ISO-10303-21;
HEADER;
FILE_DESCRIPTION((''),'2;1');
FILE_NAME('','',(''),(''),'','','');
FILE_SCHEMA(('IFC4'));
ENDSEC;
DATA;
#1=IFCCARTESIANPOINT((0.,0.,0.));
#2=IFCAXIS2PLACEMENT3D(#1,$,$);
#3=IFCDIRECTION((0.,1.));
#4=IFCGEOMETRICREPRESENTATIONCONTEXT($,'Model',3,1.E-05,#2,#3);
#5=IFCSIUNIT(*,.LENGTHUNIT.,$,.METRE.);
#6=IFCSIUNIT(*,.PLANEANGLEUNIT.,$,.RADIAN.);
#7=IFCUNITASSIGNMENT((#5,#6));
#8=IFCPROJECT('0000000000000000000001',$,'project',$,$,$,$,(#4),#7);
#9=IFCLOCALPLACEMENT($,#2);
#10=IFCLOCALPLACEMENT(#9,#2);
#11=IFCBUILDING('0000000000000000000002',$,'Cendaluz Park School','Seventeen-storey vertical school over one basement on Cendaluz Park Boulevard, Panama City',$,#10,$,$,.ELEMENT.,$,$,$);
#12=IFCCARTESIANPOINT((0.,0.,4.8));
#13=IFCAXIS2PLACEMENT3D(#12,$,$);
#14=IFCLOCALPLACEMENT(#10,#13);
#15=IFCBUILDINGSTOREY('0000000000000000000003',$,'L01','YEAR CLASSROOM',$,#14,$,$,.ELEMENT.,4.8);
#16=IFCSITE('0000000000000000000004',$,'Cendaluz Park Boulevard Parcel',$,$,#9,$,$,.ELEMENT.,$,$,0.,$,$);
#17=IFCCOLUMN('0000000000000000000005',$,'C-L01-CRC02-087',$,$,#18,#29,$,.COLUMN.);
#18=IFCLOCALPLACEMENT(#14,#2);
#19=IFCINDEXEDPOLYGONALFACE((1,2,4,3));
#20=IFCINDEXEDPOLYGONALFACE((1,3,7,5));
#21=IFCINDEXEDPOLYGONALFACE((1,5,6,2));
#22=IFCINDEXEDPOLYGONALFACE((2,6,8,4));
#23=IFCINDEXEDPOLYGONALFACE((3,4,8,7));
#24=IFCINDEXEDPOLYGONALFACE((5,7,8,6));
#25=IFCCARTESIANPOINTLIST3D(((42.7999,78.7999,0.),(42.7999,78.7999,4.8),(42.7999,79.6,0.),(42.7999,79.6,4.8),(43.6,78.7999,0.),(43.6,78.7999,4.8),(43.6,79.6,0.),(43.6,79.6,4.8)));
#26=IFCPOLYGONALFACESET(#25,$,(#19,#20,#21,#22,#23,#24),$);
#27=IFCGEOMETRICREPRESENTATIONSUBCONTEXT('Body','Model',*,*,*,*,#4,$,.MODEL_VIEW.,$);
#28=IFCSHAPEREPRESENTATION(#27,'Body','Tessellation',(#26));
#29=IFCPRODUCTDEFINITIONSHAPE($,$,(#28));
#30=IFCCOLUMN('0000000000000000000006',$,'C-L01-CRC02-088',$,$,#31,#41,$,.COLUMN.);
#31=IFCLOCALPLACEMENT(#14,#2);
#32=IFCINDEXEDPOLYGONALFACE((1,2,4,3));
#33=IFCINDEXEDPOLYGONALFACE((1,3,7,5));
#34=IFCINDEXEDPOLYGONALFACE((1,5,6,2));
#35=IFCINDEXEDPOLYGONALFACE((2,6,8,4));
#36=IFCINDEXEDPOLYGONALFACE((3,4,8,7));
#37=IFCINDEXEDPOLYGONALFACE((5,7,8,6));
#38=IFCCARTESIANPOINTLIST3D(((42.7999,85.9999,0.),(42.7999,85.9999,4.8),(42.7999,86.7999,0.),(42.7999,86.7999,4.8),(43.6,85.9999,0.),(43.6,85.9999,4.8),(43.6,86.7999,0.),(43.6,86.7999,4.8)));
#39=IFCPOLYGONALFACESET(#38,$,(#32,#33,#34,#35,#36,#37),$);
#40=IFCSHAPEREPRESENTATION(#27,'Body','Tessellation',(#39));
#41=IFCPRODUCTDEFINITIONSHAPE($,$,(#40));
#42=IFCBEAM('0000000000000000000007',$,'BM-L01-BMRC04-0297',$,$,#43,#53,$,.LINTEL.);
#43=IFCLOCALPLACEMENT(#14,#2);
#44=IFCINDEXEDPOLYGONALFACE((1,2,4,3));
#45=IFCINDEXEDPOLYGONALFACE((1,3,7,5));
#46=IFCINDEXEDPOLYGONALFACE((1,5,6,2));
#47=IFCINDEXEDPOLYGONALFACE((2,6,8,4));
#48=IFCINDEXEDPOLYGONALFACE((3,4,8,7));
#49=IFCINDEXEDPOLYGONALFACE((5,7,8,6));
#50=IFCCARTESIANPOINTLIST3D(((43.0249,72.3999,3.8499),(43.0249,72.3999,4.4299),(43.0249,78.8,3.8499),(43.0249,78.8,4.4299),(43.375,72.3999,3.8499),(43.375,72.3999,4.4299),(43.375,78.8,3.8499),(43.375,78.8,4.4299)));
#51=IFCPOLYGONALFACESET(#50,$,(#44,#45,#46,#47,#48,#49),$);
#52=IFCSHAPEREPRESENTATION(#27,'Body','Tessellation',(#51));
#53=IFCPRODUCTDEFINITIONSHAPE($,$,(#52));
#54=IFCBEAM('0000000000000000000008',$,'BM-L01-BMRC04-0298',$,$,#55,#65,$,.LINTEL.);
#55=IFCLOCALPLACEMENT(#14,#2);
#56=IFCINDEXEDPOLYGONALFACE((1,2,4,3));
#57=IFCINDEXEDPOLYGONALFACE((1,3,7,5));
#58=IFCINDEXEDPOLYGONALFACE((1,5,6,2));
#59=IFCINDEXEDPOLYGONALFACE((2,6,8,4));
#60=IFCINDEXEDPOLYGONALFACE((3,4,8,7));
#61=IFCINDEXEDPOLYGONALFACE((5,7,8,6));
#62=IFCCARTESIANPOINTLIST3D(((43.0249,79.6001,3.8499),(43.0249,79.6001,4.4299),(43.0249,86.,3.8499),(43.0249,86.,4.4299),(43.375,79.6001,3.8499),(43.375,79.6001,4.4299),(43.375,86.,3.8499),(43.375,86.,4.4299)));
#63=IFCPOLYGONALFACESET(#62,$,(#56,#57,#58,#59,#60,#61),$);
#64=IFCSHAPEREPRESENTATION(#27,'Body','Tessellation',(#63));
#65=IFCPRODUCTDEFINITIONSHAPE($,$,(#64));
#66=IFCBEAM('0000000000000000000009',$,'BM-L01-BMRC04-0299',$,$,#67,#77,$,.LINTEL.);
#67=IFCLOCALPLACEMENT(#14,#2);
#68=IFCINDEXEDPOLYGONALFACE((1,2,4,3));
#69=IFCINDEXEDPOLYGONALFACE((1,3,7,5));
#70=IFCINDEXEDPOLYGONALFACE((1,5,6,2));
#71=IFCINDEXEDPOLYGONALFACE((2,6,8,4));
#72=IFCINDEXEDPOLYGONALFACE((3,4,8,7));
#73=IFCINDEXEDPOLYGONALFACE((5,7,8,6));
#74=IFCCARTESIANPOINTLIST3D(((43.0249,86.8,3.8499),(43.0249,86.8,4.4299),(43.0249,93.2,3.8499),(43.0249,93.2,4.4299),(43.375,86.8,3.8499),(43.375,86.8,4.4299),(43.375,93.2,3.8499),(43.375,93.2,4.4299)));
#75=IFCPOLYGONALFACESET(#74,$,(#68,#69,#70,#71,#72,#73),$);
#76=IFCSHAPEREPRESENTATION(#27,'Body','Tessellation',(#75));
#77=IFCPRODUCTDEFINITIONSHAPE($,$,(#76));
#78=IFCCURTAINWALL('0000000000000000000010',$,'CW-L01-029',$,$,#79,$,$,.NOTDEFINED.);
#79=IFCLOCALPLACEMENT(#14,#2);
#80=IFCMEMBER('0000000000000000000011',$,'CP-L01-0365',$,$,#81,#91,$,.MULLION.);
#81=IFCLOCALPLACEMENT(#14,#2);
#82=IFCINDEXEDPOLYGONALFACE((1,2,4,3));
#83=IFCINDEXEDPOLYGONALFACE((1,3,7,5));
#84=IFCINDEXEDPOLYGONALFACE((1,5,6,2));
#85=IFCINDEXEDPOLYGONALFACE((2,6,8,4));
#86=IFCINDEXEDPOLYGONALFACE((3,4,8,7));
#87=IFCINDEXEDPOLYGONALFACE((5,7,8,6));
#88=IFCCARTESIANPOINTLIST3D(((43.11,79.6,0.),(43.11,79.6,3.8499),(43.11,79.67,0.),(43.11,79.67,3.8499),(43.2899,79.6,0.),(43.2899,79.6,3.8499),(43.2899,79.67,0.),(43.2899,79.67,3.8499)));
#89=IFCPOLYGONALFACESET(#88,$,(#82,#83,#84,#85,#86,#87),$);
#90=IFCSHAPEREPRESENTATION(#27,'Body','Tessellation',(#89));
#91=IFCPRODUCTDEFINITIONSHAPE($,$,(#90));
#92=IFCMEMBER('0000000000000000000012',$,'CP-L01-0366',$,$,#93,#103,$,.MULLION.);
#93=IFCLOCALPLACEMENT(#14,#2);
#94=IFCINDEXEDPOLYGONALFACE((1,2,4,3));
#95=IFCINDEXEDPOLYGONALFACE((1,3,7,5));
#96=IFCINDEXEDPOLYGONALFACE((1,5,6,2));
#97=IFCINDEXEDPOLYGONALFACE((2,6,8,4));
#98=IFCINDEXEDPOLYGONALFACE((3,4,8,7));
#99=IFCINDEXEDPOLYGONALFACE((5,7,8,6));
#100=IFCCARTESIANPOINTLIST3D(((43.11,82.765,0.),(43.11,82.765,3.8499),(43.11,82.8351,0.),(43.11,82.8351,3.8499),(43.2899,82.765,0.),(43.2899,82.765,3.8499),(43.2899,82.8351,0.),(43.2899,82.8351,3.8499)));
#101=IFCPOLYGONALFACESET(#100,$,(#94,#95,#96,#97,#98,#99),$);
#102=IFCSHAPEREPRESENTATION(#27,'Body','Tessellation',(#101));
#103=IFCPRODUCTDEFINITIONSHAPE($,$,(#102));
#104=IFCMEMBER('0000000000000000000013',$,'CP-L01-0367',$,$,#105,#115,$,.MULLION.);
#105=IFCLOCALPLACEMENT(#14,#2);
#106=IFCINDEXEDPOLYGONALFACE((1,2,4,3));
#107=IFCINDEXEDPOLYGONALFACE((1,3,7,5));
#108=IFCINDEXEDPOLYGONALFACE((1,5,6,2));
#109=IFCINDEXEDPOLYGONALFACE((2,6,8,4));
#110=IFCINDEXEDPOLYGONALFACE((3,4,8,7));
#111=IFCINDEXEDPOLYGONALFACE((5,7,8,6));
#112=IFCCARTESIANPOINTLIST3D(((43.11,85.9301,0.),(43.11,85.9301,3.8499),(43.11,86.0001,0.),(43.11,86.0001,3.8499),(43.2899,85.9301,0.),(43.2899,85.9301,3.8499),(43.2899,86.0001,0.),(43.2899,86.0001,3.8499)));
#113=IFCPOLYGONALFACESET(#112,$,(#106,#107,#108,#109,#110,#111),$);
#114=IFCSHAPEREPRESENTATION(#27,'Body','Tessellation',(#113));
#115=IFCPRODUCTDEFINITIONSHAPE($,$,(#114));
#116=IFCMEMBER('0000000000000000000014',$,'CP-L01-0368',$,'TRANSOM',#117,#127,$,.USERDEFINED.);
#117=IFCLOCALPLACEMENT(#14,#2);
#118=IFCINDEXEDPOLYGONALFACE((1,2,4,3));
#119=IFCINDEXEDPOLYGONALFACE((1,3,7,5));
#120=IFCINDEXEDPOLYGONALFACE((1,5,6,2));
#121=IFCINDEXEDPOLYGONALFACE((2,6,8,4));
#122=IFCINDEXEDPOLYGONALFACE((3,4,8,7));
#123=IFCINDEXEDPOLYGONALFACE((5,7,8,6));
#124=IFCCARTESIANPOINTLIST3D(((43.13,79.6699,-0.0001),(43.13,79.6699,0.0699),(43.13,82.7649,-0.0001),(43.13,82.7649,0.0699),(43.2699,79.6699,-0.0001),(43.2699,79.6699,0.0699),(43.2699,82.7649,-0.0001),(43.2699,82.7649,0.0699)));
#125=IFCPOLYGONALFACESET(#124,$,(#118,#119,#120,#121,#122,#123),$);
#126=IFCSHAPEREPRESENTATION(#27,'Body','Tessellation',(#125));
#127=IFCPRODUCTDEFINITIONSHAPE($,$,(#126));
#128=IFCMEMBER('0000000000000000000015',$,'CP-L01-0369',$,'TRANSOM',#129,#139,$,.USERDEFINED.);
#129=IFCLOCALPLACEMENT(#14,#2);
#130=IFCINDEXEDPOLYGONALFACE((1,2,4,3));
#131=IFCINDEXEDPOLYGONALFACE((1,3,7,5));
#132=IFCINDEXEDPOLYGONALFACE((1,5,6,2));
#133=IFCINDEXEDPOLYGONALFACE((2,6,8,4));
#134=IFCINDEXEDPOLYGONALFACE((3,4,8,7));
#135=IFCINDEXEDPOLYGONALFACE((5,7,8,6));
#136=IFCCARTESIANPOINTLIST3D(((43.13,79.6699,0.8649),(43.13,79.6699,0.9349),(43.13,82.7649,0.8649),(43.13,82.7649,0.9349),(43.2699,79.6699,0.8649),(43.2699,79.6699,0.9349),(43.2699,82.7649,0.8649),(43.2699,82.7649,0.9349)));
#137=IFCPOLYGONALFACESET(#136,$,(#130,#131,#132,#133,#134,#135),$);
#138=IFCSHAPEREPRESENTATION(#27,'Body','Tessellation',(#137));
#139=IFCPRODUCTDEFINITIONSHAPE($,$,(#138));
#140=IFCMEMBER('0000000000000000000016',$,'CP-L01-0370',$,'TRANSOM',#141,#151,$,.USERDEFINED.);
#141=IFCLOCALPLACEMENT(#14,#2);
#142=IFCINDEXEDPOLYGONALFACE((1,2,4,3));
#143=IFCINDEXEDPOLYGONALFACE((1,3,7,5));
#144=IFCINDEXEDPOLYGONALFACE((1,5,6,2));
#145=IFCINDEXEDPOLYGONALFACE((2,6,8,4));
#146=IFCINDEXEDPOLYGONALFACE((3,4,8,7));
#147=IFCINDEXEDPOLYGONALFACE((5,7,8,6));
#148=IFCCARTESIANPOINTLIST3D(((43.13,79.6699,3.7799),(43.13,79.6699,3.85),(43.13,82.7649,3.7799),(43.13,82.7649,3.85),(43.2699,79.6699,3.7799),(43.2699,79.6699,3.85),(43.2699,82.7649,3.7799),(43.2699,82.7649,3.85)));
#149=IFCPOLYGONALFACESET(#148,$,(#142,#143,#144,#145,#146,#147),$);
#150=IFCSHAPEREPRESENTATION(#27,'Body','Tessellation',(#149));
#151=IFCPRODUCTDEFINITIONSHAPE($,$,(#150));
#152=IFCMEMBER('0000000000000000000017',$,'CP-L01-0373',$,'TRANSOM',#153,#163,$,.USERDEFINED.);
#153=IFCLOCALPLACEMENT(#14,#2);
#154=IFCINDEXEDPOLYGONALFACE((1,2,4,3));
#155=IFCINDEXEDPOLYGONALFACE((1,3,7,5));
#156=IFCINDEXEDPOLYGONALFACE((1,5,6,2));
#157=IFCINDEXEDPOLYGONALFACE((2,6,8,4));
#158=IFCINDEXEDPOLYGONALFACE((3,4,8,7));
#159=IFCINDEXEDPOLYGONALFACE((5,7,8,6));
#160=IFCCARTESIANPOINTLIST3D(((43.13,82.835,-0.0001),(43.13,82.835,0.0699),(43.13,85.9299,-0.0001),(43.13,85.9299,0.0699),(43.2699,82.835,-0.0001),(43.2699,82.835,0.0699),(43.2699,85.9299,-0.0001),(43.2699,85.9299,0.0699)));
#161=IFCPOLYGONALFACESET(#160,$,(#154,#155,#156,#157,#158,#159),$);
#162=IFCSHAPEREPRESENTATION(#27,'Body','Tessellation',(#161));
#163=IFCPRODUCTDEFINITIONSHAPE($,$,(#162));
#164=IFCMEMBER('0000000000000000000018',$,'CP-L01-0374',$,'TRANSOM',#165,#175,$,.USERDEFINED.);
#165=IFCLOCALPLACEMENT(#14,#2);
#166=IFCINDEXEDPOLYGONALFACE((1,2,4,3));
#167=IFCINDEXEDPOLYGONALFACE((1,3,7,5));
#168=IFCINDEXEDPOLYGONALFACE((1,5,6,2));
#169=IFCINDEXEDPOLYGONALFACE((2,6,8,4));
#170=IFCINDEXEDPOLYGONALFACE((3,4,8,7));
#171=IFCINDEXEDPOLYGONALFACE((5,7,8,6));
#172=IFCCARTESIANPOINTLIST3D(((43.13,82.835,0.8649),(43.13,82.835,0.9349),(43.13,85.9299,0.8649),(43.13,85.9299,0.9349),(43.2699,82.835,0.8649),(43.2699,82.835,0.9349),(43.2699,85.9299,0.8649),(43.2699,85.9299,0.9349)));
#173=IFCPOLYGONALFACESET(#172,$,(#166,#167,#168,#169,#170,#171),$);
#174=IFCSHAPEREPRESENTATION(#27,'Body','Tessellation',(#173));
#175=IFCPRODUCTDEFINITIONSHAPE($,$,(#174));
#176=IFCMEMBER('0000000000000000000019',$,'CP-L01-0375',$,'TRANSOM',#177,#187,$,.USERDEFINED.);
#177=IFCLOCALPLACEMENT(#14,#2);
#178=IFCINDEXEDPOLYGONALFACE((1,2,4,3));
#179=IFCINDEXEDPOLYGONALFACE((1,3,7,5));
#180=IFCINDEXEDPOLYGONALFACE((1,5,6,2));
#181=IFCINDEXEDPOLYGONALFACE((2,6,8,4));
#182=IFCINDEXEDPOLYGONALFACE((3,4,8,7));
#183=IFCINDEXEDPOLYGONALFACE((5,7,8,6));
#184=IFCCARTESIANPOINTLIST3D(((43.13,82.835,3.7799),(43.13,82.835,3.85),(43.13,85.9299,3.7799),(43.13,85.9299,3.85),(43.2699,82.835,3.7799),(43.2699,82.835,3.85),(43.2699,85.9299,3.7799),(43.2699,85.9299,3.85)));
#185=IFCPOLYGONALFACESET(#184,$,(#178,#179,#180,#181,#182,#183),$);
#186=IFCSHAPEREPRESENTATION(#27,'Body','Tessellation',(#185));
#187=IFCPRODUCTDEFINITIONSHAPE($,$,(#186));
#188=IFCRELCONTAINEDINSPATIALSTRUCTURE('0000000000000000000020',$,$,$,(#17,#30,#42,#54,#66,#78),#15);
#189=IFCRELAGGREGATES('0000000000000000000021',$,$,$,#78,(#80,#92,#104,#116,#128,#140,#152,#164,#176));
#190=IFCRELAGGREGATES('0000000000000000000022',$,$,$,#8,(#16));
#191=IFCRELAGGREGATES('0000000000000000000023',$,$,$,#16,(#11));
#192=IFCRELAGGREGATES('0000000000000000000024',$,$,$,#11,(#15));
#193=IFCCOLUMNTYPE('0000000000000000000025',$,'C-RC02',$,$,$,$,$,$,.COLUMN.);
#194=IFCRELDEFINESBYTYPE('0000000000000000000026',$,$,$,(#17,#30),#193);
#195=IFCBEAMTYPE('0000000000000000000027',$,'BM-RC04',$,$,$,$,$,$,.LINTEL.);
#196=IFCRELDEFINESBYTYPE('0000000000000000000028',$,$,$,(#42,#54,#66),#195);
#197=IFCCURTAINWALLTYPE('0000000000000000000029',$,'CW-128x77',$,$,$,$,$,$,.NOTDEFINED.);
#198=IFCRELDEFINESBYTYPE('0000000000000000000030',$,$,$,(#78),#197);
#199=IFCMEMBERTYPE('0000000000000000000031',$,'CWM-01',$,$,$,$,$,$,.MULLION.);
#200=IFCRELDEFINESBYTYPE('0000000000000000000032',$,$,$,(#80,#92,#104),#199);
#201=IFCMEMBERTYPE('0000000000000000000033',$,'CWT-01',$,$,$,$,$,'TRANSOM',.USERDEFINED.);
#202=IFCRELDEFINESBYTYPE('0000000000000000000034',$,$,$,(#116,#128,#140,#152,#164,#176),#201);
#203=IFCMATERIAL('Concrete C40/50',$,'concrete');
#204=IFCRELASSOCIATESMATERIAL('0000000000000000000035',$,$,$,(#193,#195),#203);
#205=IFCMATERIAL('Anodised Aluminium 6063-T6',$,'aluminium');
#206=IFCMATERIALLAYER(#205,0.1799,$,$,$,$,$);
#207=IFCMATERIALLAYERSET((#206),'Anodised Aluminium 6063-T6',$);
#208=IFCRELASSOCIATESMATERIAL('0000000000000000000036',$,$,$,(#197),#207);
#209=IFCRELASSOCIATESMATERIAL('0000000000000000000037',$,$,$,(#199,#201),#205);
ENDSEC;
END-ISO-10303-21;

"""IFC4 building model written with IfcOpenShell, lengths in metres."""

from ifc_helpers import new_model, si_unit, direction, frame, origin, origin_2d, place, context, subcontext, project, spatial, rectangle, extrude, material, layer, layer_set, material_profile, profile_set, type_object, element, aggregate, save


model = new_model("IFC4")

# Units and contexts
model_context = context("Model", 3, precision=1e-05, world=origin(), true_north=direction((0.0, 1.0)))
body_context = subcontext(model_context, "Body", "Model", "MODEL_VIEW")
ifc_project = project(units=[si_unit("LENGTHUNIT", "METRE"), si_unit("PLANEANGLEUNIT", "RADIAN")], contexts=[model_context])

# Site, building, storey
site_placement = place(None, origin())
site = spatial("IfcSite", under=ifc_project, at=site_placement, Name="Cendaluz Park Boulevard Parcel", CompositionType="ELEMENT", RefElevation=0.0)
building_placement = place(site_placement, origin())
building = spatial("IfcBuilding", under=site, at=building_placement, Name="Cendaluz Park School", Description="Seventeen-storey vertical school over one basement on Cendaluz Park Boulevard, Panama City", CompositionType="ELEMENT")
storey_placement = place(building_placement, frame((0.0, 0.0, 4.8)))
storey = spatial("IfcBuildingStorey", under=building, at=storey_placement, Name="L01", Description="YEAR CLASSROOM", CompositionType="ELEMENT", Elevation=4.8)

# Columns
ifc_material_1 = material(Name="Concrete C40/50", Category="concrete")
ifc_material_profile_1 = material_profile(ifc_material_1, rectangle(XDim=0.8, YDim=0.8, at=origin_2d()), Name="RC 800x800", Category="concrete")
ifc_profile_set_1 = profile_set([ifc_material_profile_1], Name="Concrete C40/50")
column_type = type_object("IfcColumnType", Name="C-RC02", PredefinedType="COLUMN", material=ifc_profile_set_1)
for number, where, z_axis, x_axis, name in (
    (1, (43.2, 79.2, 0.0), (0.0, 0.0, 1.0), (1.0, 0.0, 0.0), "C-L01-CRC02-087"),
    (2, (43.2, 86.3999, 0.0), (0.0, 0.0, 1.0), (1.0, 0.0, 0.0), "C-L01-CRC02-088"),
):
    element("IfcColumn", number, at=place(storey_placement, frame(where, z_axis=z_axis, x_axis=x_axis)), inside=storey, type_object=column_type, Name=name, PredefinedType="COLUMN", context=body_context, shape_type="SweptSolid", body=[
        extrude(rectangle(XDim=0.8, YDim=0.8, at=origin_2d()), origin(), (0.0, 0.0, 1.0), 4.8),
    ])

# Beams
ifc_material_profile_2 = material_profile(ifc_material_1, rectangle(XDim=0.3501, YDim=0.5801, at=origin_2d()), Name="RC 350x580", Category="concrete")
ifc_profile_set_2 = profile_set([ifc_material_profile_2], Name="Concrete C40/50")
beam_type = type_object("IfcBeamType", Name="BM-RC04", PredefinedType="LINTEL", material=ifc_profile_set_2)
beam_placement = place(storey_placement, frame((43.2, 72.3999, 4.1399), z_axis=(0.0, 1.0, 0.0), x_axis=(-1.0, 0.0, 0.0)))
element("IfcBeam", 3, at=beam_placement, inside=storey, type_object=beam_type, Name="BM-L01-BMRC04-0297", PredefinedType="LINTEL", context=body_context, shape_type="SweptSolid", body=[
    extrude(rectangle(XDim=0.3501, YDim=0.5801, at=origin_2d()), origin(), (0.0, 0.0, 1.0), 6.4001),
])
for number, where, z_axis, x_axis, name in (
    (4, (43.2, 79.6001, 4.1399), (0.0, 1.0, 0.0), (-1.0, 0.0, 0.0), "BM-L01-BMRC04-0298"),
    (5, (43.2, 86.8, 4.1399), (0.0, 1.0, 0.0), (-1.0, 0.0, 0.0), "BM-L01-BMRC04-0299"),
):
    element("IfcBeam", number, at=place(storey_placement, frame(where, z_axis=z_axis, x_axis=x_axis)), inside=storey, type_object=beam_type, Name=name, PredefinedType="LINTEL", context=body_context, shape_type="SweptSolid", body=[
        extrude(rectangle(XDim=0.3501, YDim=0.5801, at=origin_2d()), origin(), (0.0, 0.0, 1.0), 6.3999),
    ])

# Curtain wall, members
ifc_material_2 = material(Name="Anodised Aluminium 6063-T6", Category="aluminium")
ifc_layer_1 = layer(ifc_material_2, 0.1799)
ifc_layer_set_1 = layer_set([ifc_layer_1], Name="Anodised Aluminium 6063-T6")
curtain_wall_type = type_object("IfcCurtainWallType", Name="CW-128x77", PredefinedType="NOTDEFINED", material=ifc_layer_set_1)
curtain_wall_placement = place(storey_placement, origin())
curtain_wall = element("IfcCurtainWall", 6, at=curtain_wall_placement, inside=storey, type_object=curtain_wall_type, Name="CW-L01-029", PredefinedType="NOTDEFINED")
ifc_material_profile_3 = material_profile(ifc_material_2, rectangle(XDim=0.1799, YDim=0.0701, at=origin_2d()), Name="CWM 180x70", Category="aluminium")
ifc_profile_set_3 = profile_set([ifc_material_profile_3], Name="Anodised Aluminium 6063-T6")
member_type_1 = type_object("IfcMemberType", Name="CWM-01", PredefinedType="MULLION", material=ifc_profile_set_3)
member_1_placement = place(storey_placement, frame((43.2, 79.635, 0.0), z_axis=(0.0, 0.0, 1.0), x_axis=(-1.0, 0.0, 0.0)))
member_1 = element("IfcMember", 7, at=member_1_placement, type_object=member_type_1, Name="CP-L01-0365", PredefinedType="MULLION", context=body_context, shape_type="SweptSolid", body=[
    extrude(rectangle(XDim=0.1799, YDim=0.0701, at=origin_2d()), origin(), (0.0, 0.0, 1.0), 3.8499),
])
member_2_placement = place(storey_placement, frame((43.2, 82.8, 0.0), z_axis=(0.0, 0.0, 1.0), x_axis=(-1.0, 0.0, 0.0)))
member_2 = element("IfcMember", 8, at=member_2_placement, type_object=member_type_1, Name="CP-L01-0366", PredefinedType="MULLION", context=body_context, shape_type="SweptSolid", body=[
    extrude(rectangle(XDim=0.1799, YDim=0.0701, at=origin_2d()), origin(), (0.0, 0.0, 1.0), 3.8499),
])
member_3_placement = place(storey_placement, frame((43.2, 85.9651, 0.0), z_axis=(0.0, 0.0, 1.0), x_axis=(-1.0, 0.0, 0.0)))
member_3 = element("IfcMember", 9, at=member_3_placement, type_object=member_type_1, Name="CP-L01-0367", PredefinedType="MULLION", context=body_context, shape_type="SweptSolid", body=[
    extrude(rectangle(XDim=0.1799, YDim=0.0701, at=origin_2d()), origin(), (0.0, 0.0, 1.0), 3.8499),
])
ifc_material_profile_4 = material_profile(ifc_material_2, rectangle(XDim=0.1399, YDim=0.0701, at=origin_2d()), Name="CWT 140x70", Category="aluminium")
ifc_profile_set_4 = profile_set([ifc_material_profile_4], Name="Anodised Aluminium 6063-T6")
member_type_2 = type_object("IfcMemberType", Name="CWT-01", ElementType="TRANSOM", PredefinedType="USERDEFINED", material=ifc_profile_set_4)
member_4_placement = place(storey_placement, frame((43.2, 79.6699, 0.0349), z_axis=(0.0, 1.0, 0.0), x_axis=(-1.0, 0.0, 0.0)))
member_4 = element("IfcMember", 10, at=member_4_placement, type_object=member_type_2, Name="CP-L01-0368", ObjectType="TRANSOM", PredefinedType="USERDEFINED", context=body_context, shape_type="SweptSolid", body=[
    extrude(rectangle(XDim=0.1399, YDim=0.0701, at=origin_2d()), origin(), (0.0, 0.0, 1.0), 3.095),
])
member_5_placement = place(storey_placement, frame((43.2, 79.6699, 0.8999), z_axis=(0.0, 1.0, 0.0), x_axis=(-1.0, 0.0, 0.0)))
member_5 = element("IfcMember", 11, at=member_5_placement, type_object=member_type_2, Name="CP-L01-0369", ObjectType="TRANSOM", PredefinedType="USERDEFINED", context=body_context, shape_type="SweptSolid", body=[
    extrude(rectangle(XDim=0.1399, YDim=0.0701, at=origin_2d()), origin(), (0.0, 0.0, 1.0), 3.095),
])
member_6_placement = place(storey_placement, frame((43.2, 79.6699, 3.8149), z_axis=(0.0, 1.0, 0.0), x_axis=(-1.0, 0.0, 0.0)))
member_6 = element("IfcMember", 12, at=member_6_placement, type_object=member_type_2, Name="CP-L01-0370", ObjectType="TRANSOM", PredefinedType="USERDEFINED", context=body_context, shape_type="SweptSolid", body=[
    extrude(rectangle(XDim=0.1399, YDim=0.0701, at=origin_2d()), origin(), (0.0, 0.0, 1.0), 3.095),
])
member_7_placement = place(storey_placement, frame((43.2, 82.835, 0.0349), z_axis=(0.0, 1.0, 0.0), x_axis=(-1.0, 0.0, 0.0)))
member_7 = element("IfcMember", 13, at=member_7_placement, type_object=member_type_2, Name="CP-L01-0373", ObjectType="TRANSOM", PredefinedType="USERDEFINED", context=body_context, shape_type="SweptSolid", body=[
    extrude(rectangle(XDim=0.1399, YDim=0.0701, at=origin_2d()), origin(), (0.0, 0.0, 1.0), 3.095),
])
member_8_placement = place(storey_placement, frame((43.2, 82.835, 0.8999), z_axis=(0.0, 1.0, 0.0), x_axis=(-1.0, 0.0, 0.0)))
member_8 = element("IfcMember", 14, at=member_8_placement, type_object=member_type_2, Name="CP-L01-0374", ObjectType="TRANSOM", PredefinedType="USERDEFINED", context=body_context, shape_type="SweptSolid", body=[
    extrude(rectangle(XDim=0.1399, YDim=0.0701, at=origin_2d()), origin(), (0.0, 0.0, 1.0), 3.095),
])
member_9_placement = place(storey_placement, frame((43.2, 82.835, 3.8149), z_axis=(0.0, 1.0, 0.0), x_axis=(-1.0, 0.0, 0.0)))
member_9 = element("IfcMember", 15, at=member_9_placement, type_object=member_type_2, Name="CP-L01-0375", ObjectType="TRANSOM", PredefinedType="USERDEFINED", context=body_context, shape_type="SweptSolid", body=[
    extrude(rectangle(XDim=0.1399, YDim=0.0701, at=origin_2d()), origin(), (0.0, 0.0, 1.0), 3.095),
])
aggregate(curtain_wall, [member_1, member_2, member_3, member_4, member_5, member_6, member_7, member_8, member_9])

save(model, "model.ifc")
